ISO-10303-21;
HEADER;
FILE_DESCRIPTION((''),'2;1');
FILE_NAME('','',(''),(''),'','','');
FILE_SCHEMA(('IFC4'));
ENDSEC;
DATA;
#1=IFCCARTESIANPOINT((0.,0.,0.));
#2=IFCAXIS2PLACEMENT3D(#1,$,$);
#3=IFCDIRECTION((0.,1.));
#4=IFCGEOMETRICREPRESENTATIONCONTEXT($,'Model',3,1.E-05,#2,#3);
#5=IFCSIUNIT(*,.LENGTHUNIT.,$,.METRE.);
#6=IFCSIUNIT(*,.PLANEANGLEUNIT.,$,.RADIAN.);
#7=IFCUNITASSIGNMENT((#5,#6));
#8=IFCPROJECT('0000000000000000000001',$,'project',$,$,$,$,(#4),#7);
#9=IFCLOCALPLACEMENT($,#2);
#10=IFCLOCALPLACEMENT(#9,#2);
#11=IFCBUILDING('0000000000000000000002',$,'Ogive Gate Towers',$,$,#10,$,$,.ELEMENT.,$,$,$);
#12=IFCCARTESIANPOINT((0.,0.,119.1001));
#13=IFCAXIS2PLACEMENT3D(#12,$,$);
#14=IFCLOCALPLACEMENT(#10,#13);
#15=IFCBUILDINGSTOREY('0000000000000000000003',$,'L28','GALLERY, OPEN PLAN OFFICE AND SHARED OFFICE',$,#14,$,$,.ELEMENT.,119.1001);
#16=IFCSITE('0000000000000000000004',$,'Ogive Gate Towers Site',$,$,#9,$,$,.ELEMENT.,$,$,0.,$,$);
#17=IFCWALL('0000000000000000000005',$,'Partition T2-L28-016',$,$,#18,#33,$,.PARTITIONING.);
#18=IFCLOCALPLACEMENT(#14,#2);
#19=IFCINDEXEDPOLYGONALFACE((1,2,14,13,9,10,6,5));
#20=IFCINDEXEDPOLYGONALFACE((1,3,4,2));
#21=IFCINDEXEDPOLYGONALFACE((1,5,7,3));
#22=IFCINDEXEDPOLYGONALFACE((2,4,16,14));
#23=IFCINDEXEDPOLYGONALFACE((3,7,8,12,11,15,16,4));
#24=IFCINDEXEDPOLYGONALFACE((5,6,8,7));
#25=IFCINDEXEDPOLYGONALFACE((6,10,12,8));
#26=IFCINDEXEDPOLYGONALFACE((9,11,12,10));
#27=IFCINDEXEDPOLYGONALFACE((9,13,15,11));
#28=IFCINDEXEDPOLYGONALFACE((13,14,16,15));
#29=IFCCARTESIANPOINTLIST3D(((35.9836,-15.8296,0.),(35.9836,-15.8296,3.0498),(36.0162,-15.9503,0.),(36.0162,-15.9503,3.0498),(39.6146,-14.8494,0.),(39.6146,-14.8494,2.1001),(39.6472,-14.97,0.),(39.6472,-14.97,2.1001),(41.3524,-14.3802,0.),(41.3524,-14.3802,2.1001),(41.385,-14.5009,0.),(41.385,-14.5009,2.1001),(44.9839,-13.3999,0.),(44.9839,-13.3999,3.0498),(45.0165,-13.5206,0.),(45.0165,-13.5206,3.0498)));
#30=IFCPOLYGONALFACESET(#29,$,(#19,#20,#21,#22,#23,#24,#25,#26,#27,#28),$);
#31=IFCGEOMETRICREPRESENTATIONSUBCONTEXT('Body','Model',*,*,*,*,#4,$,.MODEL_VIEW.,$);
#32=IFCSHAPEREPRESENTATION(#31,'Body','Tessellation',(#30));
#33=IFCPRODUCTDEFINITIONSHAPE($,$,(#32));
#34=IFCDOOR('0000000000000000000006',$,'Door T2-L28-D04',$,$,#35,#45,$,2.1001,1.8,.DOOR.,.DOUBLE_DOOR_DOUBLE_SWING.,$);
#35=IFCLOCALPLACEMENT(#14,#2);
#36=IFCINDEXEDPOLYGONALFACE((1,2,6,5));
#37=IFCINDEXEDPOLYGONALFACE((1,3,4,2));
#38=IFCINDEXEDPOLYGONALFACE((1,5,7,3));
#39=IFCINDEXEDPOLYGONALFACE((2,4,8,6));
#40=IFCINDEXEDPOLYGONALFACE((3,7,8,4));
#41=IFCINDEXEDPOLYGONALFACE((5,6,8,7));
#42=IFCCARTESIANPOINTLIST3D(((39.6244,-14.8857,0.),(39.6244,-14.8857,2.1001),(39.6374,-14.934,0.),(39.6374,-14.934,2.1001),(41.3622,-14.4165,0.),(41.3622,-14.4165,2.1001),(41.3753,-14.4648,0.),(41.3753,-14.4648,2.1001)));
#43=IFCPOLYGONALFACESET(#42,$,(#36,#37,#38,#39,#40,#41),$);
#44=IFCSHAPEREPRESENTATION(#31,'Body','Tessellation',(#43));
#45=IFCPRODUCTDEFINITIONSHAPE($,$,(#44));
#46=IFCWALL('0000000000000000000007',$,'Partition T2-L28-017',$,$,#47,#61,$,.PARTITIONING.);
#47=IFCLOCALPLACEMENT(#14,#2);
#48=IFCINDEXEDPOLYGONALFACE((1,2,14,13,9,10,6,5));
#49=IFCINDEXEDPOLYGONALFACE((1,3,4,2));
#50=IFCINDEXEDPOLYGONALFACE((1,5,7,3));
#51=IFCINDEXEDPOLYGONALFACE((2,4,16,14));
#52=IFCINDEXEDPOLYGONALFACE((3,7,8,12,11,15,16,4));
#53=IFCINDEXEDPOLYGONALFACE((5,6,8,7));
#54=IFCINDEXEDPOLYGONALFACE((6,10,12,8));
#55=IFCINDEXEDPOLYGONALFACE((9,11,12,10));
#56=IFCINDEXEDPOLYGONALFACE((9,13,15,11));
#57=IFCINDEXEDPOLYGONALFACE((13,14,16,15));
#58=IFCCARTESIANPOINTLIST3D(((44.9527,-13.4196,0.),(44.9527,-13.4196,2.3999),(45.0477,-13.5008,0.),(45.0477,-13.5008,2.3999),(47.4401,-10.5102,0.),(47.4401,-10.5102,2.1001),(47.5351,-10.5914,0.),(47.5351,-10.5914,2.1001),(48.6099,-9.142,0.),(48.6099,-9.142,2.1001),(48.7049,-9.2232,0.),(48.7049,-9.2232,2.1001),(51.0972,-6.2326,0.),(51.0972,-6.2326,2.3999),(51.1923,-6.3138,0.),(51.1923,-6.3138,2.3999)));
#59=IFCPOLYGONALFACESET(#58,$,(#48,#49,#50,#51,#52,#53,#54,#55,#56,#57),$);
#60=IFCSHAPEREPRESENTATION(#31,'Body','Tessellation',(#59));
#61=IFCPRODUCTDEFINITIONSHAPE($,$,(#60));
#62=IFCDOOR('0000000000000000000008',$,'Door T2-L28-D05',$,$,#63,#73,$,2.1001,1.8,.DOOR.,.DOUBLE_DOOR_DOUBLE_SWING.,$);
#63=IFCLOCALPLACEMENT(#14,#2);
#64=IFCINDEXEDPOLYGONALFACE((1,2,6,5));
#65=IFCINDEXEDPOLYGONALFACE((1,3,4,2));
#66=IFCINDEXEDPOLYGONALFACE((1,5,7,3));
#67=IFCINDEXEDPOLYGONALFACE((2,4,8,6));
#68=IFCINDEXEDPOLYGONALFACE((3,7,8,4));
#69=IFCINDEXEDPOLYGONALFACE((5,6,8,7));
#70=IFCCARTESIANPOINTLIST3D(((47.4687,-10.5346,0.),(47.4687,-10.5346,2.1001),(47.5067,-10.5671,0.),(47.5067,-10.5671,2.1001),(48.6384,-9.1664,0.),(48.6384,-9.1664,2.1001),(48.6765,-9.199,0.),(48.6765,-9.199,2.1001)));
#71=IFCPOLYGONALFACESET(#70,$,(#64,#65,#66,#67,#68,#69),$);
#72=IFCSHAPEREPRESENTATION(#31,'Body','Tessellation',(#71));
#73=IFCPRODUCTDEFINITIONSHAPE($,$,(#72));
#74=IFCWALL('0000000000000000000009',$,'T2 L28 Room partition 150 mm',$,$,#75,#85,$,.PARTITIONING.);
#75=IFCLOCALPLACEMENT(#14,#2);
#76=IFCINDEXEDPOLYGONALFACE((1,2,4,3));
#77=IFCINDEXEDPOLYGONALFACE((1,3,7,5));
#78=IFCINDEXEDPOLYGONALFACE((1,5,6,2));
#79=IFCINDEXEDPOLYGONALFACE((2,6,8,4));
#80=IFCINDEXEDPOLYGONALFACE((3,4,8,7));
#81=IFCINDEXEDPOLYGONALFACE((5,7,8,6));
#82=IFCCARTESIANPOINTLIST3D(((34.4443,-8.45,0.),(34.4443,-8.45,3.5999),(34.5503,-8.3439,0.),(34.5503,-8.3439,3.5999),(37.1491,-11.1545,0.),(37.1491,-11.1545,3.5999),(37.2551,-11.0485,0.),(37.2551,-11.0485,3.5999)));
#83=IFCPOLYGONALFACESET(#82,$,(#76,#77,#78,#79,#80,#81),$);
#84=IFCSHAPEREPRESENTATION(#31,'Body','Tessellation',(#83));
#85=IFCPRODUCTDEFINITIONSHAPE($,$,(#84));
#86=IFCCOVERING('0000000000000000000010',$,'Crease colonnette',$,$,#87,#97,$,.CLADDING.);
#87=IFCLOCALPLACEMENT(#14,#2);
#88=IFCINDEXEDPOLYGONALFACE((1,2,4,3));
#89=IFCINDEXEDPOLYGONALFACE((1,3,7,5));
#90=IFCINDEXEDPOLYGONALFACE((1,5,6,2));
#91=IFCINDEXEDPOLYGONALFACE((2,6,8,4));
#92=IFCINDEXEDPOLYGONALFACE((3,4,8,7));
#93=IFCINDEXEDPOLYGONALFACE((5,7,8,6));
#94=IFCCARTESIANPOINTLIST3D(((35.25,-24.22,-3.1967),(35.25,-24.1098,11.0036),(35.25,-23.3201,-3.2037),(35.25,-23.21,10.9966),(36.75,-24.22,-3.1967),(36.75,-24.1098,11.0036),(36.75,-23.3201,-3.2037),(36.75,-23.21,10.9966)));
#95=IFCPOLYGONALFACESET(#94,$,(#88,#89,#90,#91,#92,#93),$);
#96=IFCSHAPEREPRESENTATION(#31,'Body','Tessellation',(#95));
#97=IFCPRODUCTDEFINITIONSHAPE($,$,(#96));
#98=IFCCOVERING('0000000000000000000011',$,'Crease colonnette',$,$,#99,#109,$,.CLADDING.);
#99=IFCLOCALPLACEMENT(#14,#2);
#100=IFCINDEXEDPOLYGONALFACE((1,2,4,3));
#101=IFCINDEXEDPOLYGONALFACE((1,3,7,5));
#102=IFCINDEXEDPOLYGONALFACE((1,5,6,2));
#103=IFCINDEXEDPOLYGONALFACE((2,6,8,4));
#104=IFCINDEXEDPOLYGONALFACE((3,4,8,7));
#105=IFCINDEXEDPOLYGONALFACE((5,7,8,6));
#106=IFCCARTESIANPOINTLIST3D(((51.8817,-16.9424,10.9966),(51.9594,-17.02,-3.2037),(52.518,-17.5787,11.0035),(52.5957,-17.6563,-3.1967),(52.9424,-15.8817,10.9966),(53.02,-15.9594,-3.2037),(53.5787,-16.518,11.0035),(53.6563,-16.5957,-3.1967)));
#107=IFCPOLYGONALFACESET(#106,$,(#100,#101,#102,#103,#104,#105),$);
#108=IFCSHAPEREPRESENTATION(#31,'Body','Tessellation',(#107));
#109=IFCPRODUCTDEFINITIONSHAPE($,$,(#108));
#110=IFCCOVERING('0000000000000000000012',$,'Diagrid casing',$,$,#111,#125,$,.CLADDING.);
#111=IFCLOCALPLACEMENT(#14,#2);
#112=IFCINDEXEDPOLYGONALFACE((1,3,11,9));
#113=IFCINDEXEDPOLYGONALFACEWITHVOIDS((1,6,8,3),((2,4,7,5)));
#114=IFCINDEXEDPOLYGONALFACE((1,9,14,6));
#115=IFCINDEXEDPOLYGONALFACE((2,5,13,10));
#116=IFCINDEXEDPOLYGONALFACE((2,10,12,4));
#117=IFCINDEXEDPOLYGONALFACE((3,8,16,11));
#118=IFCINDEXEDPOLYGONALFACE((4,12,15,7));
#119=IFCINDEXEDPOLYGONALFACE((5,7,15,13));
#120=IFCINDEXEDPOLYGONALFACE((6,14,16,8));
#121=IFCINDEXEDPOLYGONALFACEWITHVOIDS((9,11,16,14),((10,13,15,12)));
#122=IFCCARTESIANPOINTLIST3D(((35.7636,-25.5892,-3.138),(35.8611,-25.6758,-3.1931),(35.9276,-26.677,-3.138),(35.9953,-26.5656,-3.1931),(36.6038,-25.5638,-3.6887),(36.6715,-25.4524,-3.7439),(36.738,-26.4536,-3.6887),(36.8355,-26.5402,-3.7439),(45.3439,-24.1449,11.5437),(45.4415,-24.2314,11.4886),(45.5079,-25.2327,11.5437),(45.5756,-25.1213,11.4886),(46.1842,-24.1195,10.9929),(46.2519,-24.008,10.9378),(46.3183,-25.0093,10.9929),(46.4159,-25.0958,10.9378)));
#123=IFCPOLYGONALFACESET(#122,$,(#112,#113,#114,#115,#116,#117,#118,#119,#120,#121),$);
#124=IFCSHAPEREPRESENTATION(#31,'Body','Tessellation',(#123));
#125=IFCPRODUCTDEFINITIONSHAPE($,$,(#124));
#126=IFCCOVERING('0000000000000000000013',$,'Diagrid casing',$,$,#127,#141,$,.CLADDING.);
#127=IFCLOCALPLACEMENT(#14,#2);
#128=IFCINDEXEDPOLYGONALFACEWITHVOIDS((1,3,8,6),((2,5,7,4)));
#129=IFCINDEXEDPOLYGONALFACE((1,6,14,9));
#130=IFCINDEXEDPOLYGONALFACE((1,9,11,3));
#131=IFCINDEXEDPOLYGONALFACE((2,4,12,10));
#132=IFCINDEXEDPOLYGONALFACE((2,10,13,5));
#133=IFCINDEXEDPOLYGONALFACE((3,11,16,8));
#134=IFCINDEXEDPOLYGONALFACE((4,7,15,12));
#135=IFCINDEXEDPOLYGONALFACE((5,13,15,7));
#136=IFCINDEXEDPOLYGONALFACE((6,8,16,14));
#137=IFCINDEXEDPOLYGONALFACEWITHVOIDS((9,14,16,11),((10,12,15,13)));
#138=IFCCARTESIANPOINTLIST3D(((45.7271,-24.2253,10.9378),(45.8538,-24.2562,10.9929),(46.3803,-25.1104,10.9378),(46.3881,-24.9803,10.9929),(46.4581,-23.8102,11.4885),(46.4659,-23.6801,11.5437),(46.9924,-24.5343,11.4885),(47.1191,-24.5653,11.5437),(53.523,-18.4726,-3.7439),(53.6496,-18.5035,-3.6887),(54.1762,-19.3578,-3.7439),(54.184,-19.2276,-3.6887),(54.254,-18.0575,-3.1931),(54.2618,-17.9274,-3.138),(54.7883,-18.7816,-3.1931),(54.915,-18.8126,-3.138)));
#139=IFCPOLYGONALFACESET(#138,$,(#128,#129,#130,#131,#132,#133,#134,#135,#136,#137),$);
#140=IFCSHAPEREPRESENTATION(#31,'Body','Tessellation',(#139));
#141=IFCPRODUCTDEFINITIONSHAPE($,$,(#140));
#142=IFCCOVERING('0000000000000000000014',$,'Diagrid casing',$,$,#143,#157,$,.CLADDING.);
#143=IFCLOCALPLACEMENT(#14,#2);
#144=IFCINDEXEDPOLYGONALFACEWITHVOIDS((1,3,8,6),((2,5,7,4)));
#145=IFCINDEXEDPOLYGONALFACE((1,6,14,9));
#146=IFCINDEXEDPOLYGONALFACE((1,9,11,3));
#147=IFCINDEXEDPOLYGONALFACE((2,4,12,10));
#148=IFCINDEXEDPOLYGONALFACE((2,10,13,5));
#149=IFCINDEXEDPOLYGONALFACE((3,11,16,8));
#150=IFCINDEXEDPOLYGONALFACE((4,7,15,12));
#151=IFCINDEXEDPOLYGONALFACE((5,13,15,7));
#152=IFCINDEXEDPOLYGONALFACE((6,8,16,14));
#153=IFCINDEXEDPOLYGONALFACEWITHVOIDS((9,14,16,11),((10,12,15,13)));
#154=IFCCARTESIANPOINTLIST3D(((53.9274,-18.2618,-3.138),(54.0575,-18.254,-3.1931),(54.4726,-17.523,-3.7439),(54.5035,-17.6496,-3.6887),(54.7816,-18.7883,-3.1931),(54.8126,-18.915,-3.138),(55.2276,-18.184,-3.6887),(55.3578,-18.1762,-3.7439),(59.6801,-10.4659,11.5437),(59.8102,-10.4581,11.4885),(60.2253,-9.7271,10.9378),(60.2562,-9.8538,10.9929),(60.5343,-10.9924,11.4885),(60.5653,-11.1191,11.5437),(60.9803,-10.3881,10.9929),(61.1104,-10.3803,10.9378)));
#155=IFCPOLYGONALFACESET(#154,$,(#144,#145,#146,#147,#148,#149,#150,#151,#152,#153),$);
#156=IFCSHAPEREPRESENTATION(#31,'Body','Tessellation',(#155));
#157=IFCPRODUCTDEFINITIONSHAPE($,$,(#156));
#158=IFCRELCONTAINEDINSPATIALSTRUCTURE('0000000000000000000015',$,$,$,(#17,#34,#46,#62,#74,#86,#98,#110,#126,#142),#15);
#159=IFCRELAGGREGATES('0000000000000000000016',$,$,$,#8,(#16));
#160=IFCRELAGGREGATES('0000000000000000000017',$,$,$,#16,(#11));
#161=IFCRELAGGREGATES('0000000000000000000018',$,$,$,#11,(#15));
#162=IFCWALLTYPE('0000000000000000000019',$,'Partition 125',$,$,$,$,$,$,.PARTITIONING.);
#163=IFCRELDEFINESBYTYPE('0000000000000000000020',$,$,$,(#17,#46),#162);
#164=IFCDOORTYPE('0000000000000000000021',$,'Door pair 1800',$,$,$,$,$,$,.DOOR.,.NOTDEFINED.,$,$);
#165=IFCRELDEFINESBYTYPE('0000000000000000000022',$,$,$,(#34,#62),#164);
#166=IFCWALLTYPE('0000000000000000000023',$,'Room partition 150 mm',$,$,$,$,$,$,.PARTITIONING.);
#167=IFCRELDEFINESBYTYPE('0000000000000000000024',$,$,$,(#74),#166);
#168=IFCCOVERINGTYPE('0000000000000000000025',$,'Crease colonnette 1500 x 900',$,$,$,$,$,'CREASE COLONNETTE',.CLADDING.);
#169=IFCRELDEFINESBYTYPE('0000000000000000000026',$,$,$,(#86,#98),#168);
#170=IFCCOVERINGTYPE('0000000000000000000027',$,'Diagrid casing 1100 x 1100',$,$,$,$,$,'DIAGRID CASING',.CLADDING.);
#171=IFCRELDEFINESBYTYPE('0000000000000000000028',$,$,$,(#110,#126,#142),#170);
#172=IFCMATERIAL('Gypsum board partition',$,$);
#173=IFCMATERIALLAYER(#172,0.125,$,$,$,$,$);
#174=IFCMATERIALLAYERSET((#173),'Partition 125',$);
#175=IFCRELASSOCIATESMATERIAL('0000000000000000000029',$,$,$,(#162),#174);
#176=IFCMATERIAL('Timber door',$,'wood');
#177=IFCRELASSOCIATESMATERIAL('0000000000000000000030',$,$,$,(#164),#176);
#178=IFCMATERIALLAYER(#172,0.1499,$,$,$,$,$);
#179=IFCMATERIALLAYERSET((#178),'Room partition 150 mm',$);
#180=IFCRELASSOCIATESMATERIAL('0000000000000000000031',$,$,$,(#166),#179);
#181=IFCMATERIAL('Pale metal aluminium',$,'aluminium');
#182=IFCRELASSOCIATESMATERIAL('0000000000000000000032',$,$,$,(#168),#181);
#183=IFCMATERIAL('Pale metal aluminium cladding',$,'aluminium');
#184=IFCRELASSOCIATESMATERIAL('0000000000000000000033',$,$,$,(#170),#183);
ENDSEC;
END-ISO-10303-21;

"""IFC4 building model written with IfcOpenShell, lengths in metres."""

from ifc_helpers import new_model, si_unit, direction, frame, frame_2d, origin, origin_2d, place, context, subcontext, project, spatial, rectangle, hollow_rectangle, extrude, material, layer, layer_set, material_profile, profile_set, type_object, element, fill, save


model = new_model("IFC4")

# Units and contexts
model_context = context("Model", 3, precision=1e-05, world=origin(), true_north=direction((0.0, 1.0)))
body_context = subcontext(model_context, "Body", "Model", "MODEL_VIEW")
ifc_project = project(units=[si_unit("LENGTHUNIT", "METRE"), si_unit("PLANEANGLEUNIT", "RADIAN")], contexts=[model_context])

# Site, building, storey
site_placement = place(None, origin())
site = spatial("IfcSite", under=ifc_project, at=site_placement, Name="Ogive Gate Towers Site", CompositionType="ELEMENT", RefElevation=0.0)
building_placement = place(site_placement, origin())
building = spatial("IfcBuilding", under=site, at=building_placement, Name="Ogive Gate Towers", CompositionType="ELEMENT")
storey_placement = place(building_placement, frame((0.0, 0.0, 119.1001)))
storey = spatial("IfcBuildingStorey", under=building, at=storey_placement, Name="L28", Description="GALLERY, OPEN PLAN OFFICE AND SHARED OFFICE", CompositionType="ELEMENT", Elevation=119.1001)

# Shared definitions
ifc_material_1 = material(Name="Timber door", Category="wood")

# Shared definitions
ifc_material_2 = material(Name="Gypsum board partition")
ifc_layer_1 = layer(ifc_material_2, 0.125)
ifc_layer_set_1 = layer_set([ifc_layer_1], Name="Partition 125")
wall_type_1 = type_object("IfcWallType", Name="Partition 125", PredefinedType="PARTITIONING", material=ifc_layer_set_1)

# Walls, openings, doors
wall_1_placement = place(storey_placement, frame((36.0, -15.8899, 0.0), z_axis=(0.0, 0.0, 1.0), x_axis=(0.965439, 0.260628, 0.0)))
wall_1 = element("IfcWall", 1, at=wall_1_placement, inside=storey, type_object=wall_type_1, Name="Partition T2-L28-016", PredefinedType="PARTITIONING", context=body_context, shape_type="SweptSolid", body=[
    extrude(rectangle(XDim=9.3225, YDim=0.125, at=frame_2d((4.6611, 0.0))), origin(), (0.0, 0.0, 1.0), 3.0498),
])
opening_1_placement = place(wall_1_placement, frame((3.761, 0.0, 0.0)))
opening_1 = element("IfcOpeningElement", 2, at=opening_1_placement, cuts=wall_1, PredefinedType="OPENING", context=body_context, shape_type="SweptSolid", body=[
    extrude(rectangle(XDim=1.8, YDim=2.1001, at=frame_2d((0.8999, 1.05))), frame((0.0, 0.0725, 0.0), z_axis=(0.0, -1.0, 0.0), x_axis=(1.0, 0.0, 0.0)), (0.0, 0.0, 1.0), 0.145),
])
door_type_1 = type_object("IfcDoorType", Name="Door pair 1800", OperationType="NOTDEFINED", PredefinedType="DOOR", material=ifc_material_1)
door_1_placement = place(opening_1_placement, origin())
door_1 = element("IfcDoor", 3, at=door_1_placement, inside=storey, type_object=door_type_1, Name="Door T2-L28-D04", OperationType="DOUBLE_DOOR_DOUBLE_SWING", OverallHeight=2.1001, OverallWidth=1.8, PredefinedType="DOOR", context=body_context, shape_type="SweptSolid", body=[
    extrude(rectangle(XDim=1.8, YDim=2.1001, at=frame_2d((0.8999, 1.05))), frame((0.0, 0.0249, 0.0), z_axis=(0.0, -1.0, 0.0), x_axis=(1.0, 0.0, 0.0)), (0.0, 0.0, 1.0), 0.05),
])
fill(opening_1, door_1)
wall_2_placement = place(storey_placement, frame((45.0002, -13.4602, 0.0), z_axis=(0.0, 0.0, 1.0), x_axis=(0.64983, 0.76008, 0.0)))
wall_2 = element("IfcWall", 4, at=wall_2_placement, inside=storey, type_object=wall_type_1, Name="Partition T2-L28-017", PredefinedType="PARTITIONING", context=body_context, shape_type="SweptSolid", body=[
    extrude(rectangle(XDim=9.4556, YDim=0.125, at=frame_2d((4.7278, 0.0))), origin(), (0.0, 0.0, 1.0), 2.3999),
])
opening_2_placement = place(wall_2_placement, frame((3.8279, 0.0, 0.0)))
opening_2 = element("IfcOpeningElement", 5, at=opening_2_placement, cuts=wall_2, PredefinedType="OPENING", context=body_context, shape_type="SweptSolid", body=[
    extrude(rectangle(XDim=1.8, YDim=2.1001, at=frame_2d((0.8999, 1.05))), frame((0.0, 0.0725, 0.0), z_axis=(0.0, -1.0, 0.0), x_axis=(1.0, 0.0, 0.0)), (0.0, 0.0, 1.0), 0.145),
])
door_2_placement = place(opening_2_placement, origin())
door_2 = element("IfcDoor", 6, at=door_2_placement, inside=storey, type_object=door_type_1, Name="Door T2-L28-D05", OperationType="DOUBLE_DOOR_DOUBLE_SWING", OverallHeight=2.1001, OverallWidth=1.8, PredefinedType="DOOR", context=body_context, shape_type="SweptSolid", body=[
    extrude(rectangle(XDim=1.8, YDim=2.1001, at=frame_2d((0.8999, 1.05))), frame((0.0, 0.0249, 0.0), z_axis=(0.0, -1.0, 0.0), x_axis=(1.0, 0.0, 0.0)), (0.0, 0.0, 1.0), 0.05),
])
fill(opening_2, door_2)

# Wall
ifc_layer_2 = layer(ifc_material_2, 0.1499)
ifc_layer_set_2 = layer_set([ifc_layer_2], Name="Room partition 150 mm")
wall_type_2 = type_object("IfcWallType", Name="Room partition 150 mm", PredefinedType="PARTITIONING", material=ifc_layer_set_2)
wall_3_placement = place(storey_placement, frame((37.2021, -11.1016, 0.0), z_axis=(0.0, 0.0, 1.0), x_axis=(-0.707139, 0.707075, 0.0)))
element("IfcWall", 7, at=wall_3_placement, inside=storey, type_object=wall_type_2, Name="T2 L28 Room partition 150 mm", PredefinedType="PARTITIONING", context=body_context, shape_type="SweptSolid", body=[
    extrude(rectangle(XDim=3.825, YDim=0.1499, at=frame_2d((1.9126, 0.0))), origin(), (0.0, 0.0, 1.0), 3.5999),
])

# Coverings
ifc_material_3 = material(Name="Pale metal aluminium", Category="aluminium")
ifc_material_profile_1 = material_profile(ifc_material_3, rectangle(XDim=1.5, YDim=0.8999, at=origin_2d()), Name="1500 x 900 pale metal aluminium")
ifc_profile_set_1 = profile_set([ifc_material_profile_1], Name="Pale metal aluminium")
covering_type_1 = type_object("IfcCoveringType", Name="Crease colonnette 1500 x 900", ElementType="CREASE COLONNETTE", PredefinedType="CLADDING", material=ifc_profile_set_1)
for number, where, z_axis, x_axis, name in (
    (8, (36.0, -23.77, -3.2002), (0.0, 0.007754, 0.99997), (-1.0, 0.0, 0.0), "Crease colonnette"),
    (9, (52.8079, -16.8079, -3.2002), (-0.005467, 0.005467, 0.99997), (-0.707107, -0.707107, 0.0), "Crease colonnette"),
):
    element("IfcCovering", number, at=place(storey_placement, frame(where, z_axis=z_axis, x_axis=x_axis)), inside=storey, type_object=covering_type_1, Name=name, PredefinedType="CLADDING", context=body_context, shape_type="SweptSolid", body=[
        extrude(rectangle(XDim=1.5, YDim=0.8999, at=origin_2d()), origin(), (0.0, 0.0, 1.0), 14.2007),
    ])
ifc_material_4 = material(Name="Pale metal aluminium cladding", Category="aluminium")
ifc_material_profile_2 = material_profile(ifc_material_4, hollow_rectangle(XDim=1.1001, YDim=1.1001, WallThickness=0.1001, at=origin_2d()), Name="1100 x 1100 pale metal casing")
ifc_profile_set_2 = profile_set([ifc_material_profile_2], Name="Pale metal aluminium cladding")
covering_type_2 = type_object("IfcCoveringType", Name="Diagrid casing 1100 x 1100", ElementType="DIAGRID CASING", PredefinedType="CLADDING", material=ifc_profile_set_2)
for number, where, z_axis, x_axis, name in (
    (10, (36.2996, -26.0647, -3.4409), (0.544636, 0.08211, 0.834643), (-0.149076, 0.988826, 0.0), "Diagrid casing"),
    (11, (54.219, -18.6426, -3.4409), (-0.443192, -0.327037, 0.834642), (0.593757, -0.804645, 0.0), "Diagrid casing"),
    (12, (54.6426, -18.219, -3.4409), (0.327037, 0.443192, 0.834642), (-0.804645, 0.593757, 0.0), "Diagrid casing"),
):
    element("IfcCovering", number, at=place(storey_placement, frame(where, z_axis=z_axis, x_axis=x_axis)), inside=storey, type_object=covering_type_2, Name=name, PredefinedType="CLADDING", context=body_context, shape_type="SweptSolid", body=[
        extrude(hollow_rectangle(XDim=1.1001, YDim=1.1001, WallThickness=0.1001, at=origin_2d()), origin(), (0.0, 0.0, 1.0), 17.5903),
    ])

save(model, "model.ifc")
